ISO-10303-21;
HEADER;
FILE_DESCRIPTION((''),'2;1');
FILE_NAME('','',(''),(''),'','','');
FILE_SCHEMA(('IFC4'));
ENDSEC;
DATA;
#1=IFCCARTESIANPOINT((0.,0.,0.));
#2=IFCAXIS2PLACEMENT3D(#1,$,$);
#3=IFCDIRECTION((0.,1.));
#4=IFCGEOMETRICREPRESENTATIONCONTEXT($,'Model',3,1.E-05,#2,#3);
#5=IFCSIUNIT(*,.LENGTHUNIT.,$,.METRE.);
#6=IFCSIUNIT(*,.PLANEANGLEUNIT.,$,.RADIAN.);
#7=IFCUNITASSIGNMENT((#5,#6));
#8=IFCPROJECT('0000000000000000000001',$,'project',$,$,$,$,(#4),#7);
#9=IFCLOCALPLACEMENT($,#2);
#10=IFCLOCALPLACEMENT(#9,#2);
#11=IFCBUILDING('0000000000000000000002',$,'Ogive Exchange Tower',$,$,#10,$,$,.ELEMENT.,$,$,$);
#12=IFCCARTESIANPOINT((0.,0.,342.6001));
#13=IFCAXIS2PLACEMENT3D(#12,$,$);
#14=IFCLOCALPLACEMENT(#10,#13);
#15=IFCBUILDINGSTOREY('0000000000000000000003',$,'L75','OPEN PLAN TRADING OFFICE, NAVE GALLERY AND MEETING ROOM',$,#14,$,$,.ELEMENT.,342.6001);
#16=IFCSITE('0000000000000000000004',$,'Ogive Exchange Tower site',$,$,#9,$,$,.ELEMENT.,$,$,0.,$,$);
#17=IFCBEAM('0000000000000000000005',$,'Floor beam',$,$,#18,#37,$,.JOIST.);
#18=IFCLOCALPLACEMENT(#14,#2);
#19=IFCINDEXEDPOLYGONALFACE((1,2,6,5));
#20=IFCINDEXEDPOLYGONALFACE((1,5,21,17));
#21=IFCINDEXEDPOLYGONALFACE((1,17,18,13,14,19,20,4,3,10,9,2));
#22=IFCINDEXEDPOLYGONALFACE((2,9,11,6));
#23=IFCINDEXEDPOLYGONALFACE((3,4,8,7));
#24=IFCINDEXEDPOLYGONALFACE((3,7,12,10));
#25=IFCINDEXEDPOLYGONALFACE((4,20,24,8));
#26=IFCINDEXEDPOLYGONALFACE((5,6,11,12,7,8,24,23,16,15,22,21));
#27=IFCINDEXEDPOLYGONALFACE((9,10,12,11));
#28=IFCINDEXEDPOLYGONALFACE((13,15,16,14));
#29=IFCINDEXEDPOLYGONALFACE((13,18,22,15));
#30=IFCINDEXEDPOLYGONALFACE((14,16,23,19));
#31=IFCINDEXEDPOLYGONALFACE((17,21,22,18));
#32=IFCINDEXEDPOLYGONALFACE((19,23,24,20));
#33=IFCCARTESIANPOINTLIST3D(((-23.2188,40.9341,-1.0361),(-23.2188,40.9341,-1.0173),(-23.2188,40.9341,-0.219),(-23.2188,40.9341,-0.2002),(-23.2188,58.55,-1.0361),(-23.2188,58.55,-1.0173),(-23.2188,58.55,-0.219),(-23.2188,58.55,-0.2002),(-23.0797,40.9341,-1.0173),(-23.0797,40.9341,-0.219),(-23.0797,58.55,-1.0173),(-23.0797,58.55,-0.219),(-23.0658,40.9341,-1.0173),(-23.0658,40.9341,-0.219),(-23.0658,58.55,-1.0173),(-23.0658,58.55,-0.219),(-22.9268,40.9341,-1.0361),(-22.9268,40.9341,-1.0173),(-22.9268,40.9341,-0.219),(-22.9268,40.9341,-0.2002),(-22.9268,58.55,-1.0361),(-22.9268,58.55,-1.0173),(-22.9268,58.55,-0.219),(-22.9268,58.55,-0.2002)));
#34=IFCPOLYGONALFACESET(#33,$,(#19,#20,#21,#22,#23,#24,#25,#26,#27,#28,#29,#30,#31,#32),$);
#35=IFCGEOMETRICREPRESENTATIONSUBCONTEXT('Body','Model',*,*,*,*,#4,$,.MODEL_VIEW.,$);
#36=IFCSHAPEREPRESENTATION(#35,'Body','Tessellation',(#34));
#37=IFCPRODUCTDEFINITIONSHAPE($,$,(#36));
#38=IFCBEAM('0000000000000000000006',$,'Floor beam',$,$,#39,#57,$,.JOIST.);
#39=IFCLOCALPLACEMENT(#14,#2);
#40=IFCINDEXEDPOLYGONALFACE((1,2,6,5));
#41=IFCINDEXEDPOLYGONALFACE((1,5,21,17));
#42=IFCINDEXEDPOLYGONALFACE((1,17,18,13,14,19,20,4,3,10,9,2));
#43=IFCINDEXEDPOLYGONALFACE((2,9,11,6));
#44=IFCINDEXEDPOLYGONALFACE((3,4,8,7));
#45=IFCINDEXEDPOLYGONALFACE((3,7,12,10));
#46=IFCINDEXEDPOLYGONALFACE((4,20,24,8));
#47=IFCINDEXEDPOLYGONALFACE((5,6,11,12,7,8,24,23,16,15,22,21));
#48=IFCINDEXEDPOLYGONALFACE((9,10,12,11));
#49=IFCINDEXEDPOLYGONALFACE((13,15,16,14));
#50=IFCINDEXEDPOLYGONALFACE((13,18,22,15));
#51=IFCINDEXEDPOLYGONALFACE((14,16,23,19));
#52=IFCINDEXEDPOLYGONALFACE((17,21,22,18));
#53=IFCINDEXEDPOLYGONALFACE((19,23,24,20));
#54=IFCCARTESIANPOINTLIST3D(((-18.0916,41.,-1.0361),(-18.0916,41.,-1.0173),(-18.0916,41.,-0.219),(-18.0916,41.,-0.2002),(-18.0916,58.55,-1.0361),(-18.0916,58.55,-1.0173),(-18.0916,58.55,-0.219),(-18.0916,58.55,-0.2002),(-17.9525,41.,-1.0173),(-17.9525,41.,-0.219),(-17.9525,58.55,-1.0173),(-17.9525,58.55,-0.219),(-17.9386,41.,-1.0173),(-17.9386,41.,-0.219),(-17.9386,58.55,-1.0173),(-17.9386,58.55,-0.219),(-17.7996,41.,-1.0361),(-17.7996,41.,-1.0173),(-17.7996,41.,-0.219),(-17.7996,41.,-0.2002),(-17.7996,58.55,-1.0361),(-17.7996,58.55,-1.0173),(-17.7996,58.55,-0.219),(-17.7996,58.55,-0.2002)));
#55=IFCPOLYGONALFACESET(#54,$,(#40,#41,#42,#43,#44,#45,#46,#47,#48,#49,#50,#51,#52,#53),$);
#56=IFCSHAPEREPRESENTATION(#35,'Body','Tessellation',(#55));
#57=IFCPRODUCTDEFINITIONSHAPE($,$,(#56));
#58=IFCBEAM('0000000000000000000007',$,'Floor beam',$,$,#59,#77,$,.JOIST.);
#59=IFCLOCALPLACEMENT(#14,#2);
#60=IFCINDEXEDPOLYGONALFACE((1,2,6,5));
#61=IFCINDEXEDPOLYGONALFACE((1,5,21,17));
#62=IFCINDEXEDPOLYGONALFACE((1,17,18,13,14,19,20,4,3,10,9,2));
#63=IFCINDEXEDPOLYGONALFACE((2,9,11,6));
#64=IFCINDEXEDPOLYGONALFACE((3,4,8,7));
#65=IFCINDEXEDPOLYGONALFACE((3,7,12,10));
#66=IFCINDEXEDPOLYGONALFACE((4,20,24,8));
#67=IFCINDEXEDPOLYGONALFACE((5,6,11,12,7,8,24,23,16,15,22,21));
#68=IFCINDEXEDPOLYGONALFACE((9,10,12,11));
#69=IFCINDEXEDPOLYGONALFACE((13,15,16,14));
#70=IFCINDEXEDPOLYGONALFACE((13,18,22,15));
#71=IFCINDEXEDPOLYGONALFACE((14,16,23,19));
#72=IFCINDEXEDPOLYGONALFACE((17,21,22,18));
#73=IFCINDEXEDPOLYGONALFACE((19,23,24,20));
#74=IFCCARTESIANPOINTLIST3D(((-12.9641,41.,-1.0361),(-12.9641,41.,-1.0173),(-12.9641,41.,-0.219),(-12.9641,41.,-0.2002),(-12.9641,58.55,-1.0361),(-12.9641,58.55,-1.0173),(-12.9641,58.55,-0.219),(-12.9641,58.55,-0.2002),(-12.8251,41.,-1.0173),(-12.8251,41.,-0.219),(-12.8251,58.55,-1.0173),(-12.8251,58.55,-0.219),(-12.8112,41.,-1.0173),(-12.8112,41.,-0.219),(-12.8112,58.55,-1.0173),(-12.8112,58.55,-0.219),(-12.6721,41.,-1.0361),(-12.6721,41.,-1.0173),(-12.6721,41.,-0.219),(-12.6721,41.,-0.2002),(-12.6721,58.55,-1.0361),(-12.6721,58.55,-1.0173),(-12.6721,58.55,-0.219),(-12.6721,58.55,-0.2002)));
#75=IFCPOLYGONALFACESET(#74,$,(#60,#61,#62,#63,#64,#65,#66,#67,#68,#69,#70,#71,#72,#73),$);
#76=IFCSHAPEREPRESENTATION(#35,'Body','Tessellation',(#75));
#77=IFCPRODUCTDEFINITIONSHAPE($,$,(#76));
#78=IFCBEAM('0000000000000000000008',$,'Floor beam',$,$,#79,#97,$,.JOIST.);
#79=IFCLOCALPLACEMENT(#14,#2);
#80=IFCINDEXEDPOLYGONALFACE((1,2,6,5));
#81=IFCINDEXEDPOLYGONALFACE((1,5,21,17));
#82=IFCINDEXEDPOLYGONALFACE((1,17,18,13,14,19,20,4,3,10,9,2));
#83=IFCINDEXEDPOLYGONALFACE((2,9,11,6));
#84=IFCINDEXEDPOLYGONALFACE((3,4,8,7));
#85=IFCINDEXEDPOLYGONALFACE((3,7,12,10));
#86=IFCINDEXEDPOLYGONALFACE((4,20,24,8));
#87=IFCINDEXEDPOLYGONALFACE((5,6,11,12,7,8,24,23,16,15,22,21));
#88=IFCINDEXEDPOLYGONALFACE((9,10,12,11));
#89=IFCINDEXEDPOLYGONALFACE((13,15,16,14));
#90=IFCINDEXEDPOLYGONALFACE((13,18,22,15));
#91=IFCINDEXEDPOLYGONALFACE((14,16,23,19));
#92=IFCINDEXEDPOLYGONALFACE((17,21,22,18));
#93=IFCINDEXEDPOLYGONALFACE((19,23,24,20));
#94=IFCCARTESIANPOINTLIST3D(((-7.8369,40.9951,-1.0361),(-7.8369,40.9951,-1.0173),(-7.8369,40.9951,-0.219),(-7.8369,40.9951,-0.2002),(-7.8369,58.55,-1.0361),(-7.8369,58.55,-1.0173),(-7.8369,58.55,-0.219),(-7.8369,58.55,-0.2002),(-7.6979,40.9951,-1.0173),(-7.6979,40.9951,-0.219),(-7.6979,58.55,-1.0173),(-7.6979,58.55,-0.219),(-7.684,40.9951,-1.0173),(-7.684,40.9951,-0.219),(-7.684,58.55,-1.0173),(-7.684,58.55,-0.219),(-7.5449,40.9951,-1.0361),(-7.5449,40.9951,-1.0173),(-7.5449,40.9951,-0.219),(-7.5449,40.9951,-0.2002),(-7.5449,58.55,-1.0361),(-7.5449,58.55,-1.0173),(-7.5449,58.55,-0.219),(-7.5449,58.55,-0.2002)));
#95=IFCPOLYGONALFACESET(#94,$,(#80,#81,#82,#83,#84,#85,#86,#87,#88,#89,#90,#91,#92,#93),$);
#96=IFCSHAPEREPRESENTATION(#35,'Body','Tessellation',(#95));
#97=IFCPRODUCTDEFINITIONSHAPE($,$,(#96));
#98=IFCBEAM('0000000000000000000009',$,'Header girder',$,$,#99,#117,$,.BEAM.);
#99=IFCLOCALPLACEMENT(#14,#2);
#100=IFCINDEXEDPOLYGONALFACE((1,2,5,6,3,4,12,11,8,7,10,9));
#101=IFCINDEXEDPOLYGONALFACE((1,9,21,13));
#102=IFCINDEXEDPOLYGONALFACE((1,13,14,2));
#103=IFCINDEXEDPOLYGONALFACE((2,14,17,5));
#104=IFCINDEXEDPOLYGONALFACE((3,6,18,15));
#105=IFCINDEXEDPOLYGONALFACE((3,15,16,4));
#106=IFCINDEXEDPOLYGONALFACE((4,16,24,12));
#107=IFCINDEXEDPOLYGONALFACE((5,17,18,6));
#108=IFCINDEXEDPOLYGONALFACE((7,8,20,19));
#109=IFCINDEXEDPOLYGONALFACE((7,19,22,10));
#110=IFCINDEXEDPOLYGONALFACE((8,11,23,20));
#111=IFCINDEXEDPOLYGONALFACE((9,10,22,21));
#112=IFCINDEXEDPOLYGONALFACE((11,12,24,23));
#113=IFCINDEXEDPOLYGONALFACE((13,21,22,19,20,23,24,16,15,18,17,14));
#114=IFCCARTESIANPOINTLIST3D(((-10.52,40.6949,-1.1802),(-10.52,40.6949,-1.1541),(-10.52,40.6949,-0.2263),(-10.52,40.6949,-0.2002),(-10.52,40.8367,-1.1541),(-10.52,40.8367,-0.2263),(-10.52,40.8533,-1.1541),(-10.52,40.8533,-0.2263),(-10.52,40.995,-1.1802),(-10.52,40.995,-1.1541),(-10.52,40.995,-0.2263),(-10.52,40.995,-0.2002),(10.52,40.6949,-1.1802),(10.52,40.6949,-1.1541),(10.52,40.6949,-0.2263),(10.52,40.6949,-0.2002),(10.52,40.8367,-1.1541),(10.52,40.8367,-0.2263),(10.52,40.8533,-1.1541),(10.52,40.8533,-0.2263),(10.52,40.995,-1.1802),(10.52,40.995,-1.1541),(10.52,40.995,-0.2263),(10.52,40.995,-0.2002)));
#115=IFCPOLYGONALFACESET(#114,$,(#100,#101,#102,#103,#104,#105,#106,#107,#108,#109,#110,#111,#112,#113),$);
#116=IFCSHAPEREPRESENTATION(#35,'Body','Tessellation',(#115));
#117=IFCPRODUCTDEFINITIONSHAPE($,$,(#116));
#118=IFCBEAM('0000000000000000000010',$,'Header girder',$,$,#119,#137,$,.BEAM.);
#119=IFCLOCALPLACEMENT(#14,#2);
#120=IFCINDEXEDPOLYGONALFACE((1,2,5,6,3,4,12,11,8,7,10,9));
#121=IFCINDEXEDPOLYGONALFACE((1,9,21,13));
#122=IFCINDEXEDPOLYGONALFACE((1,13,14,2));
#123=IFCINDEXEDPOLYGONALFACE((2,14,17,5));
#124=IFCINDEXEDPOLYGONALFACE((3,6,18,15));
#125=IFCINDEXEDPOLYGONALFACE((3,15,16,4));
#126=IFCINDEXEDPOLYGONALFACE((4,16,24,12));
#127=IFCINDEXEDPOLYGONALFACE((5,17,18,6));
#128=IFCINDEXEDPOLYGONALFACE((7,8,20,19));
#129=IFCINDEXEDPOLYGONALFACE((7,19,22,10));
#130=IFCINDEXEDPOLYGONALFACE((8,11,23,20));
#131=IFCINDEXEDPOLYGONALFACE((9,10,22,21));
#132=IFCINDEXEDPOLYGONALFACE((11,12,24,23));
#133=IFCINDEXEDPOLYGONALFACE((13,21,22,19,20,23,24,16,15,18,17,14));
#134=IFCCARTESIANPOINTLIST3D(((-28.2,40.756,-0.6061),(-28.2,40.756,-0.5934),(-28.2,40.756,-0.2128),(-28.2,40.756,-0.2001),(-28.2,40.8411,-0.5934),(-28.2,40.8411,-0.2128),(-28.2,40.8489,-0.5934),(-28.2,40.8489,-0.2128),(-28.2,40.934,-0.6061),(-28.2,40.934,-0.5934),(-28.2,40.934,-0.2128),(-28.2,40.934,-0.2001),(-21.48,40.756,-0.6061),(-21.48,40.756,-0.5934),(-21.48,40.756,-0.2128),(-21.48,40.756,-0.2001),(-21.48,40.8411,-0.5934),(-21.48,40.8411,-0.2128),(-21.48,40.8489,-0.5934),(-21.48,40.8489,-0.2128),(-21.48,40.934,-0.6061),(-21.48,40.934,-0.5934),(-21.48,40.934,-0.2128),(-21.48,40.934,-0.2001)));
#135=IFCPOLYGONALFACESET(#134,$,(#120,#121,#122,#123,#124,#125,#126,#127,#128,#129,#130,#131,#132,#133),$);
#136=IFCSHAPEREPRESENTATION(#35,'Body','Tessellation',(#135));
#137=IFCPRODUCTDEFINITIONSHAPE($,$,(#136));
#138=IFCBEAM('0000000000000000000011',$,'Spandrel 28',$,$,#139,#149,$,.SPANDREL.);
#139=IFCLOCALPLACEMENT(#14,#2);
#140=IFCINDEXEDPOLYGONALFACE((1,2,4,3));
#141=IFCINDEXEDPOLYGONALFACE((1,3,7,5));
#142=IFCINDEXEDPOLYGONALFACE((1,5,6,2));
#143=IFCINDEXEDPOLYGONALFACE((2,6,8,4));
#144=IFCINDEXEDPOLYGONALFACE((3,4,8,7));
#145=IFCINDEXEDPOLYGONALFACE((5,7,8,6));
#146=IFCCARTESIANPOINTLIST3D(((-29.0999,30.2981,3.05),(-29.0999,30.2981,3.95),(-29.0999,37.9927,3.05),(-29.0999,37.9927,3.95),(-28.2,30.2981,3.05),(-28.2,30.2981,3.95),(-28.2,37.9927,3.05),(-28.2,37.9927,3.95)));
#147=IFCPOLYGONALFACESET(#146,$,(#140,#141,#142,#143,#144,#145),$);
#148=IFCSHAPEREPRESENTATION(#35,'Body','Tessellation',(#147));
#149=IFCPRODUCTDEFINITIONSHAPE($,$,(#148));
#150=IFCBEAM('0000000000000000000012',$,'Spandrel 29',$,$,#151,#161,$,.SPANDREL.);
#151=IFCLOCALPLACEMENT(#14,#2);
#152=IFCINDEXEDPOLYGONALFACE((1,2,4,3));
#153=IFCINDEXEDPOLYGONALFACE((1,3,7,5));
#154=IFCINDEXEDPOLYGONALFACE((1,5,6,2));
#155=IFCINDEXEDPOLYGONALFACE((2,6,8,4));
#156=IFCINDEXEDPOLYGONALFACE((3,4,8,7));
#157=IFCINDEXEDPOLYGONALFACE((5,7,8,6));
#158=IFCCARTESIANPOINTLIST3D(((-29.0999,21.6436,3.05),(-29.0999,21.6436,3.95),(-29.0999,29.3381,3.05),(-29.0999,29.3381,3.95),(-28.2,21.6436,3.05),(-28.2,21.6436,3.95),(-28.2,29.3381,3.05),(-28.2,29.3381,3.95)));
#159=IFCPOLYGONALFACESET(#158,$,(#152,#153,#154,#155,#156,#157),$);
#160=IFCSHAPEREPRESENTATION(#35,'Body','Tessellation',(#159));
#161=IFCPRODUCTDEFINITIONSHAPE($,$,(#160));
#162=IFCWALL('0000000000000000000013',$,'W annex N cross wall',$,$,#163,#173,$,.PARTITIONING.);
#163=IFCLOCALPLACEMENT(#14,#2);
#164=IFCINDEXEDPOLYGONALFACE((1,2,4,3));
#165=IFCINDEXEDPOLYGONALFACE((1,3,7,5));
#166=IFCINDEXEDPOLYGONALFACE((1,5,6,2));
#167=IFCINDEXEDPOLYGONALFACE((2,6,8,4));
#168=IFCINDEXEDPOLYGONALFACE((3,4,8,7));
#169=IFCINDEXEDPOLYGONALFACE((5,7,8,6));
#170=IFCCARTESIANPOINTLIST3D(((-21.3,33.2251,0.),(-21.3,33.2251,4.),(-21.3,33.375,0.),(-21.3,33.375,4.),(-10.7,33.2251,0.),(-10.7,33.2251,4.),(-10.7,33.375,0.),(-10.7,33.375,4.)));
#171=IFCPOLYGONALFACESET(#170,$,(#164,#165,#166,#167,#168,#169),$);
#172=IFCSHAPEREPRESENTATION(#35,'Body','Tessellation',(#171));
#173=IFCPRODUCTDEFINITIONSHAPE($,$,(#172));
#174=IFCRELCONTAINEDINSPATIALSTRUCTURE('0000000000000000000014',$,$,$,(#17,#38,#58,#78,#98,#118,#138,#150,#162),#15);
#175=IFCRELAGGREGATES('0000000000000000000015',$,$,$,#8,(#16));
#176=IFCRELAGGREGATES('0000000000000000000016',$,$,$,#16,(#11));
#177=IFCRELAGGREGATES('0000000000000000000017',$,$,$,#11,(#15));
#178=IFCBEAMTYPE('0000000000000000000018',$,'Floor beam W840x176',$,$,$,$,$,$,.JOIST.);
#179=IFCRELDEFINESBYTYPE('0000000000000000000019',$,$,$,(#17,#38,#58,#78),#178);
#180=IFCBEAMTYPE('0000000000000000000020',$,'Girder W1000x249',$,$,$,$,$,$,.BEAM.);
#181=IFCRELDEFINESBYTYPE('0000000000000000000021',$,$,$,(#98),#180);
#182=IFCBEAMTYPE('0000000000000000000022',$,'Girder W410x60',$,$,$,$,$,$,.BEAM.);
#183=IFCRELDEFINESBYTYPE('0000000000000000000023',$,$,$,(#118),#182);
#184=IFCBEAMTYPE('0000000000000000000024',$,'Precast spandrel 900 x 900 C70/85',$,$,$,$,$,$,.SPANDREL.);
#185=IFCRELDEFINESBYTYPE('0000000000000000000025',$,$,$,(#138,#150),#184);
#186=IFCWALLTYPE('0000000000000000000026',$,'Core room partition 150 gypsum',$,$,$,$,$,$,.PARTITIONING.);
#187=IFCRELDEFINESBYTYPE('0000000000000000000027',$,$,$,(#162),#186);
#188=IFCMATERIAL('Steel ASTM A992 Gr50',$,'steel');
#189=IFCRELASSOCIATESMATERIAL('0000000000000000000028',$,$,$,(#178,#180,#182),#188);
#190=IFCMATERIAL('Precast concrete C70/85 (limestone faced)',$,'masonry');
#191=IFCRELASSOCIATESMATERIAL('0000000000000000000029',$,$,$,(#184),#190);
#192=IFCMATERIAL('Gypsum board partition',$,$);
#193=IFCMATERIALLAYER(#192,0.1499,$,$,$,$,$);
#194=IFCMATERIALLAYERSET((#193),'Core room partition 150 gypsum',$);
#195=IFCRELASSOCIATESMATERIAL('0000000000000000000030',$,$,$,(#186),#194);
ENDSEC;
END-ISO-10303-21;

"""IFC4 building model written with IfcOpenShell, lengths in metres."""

from ifc_helpers import new_model, si_unit, direction, frame, frame_2d, origin, origin_2d, place, context, subcontext, project, spatial, rectangle, i_section, extrude, material, layer, layer_set, material_profile, profile_set, type_object, element, save


model = new_model("IFC4")

# Units and contexts
model_context = context("Model", 3, precision=1e-05, world=origin(), true_north=direction((0.0, 1.0)))
body_context = subcontext(model_context, "Body", "Model", "MODEL_VIEW")
ifc_project = project(units=[si_unit("LENGTHUNIT", "METRE"), si_unit("PLANEANGLEUNIT", "RADIAN")], contexts=[model_context])

# Site, building, storey
site_placement = place(None, origin())
site = spatial("IfcSite", under=ifc_project, at=site_placement, Name="Ogive Exchange Tower site", CompositionType="ELEMENT", RefElevation=0.0)
building_placement = place(site_placement, origin())
building = spatial("IfcBuilding", under=site, at=building_placement, Name="Ogive Exchange Tower", CompositionType="ELEMENT")
storey_placement = place(building_placement, frame((0.0, 0.0, 342.6001)))
storey = spatial("IfcBuildingStorey", under=building, at=storey_placement, Name="L75", Description="OPEN PLAN TRADING OFFICE, NAVE GALLERY AND MEETING ROOM", CompositionType="ELEMENT", Elevation=342.6001)

# Shared definitions
ifc_material_1 = material(Name="Precast concrete C70/85 (limestone faced)", Category="masonry")

# Beams
ifc_material_2 = material(Name="Steel ASTM A992 Gr50", Category="steel")
ifc_material_profile_1 = material_profile(ifc_material_2, i_section(OverallWidth=0.292, OverallDepth=0.8359, WebThickness=0.0139, FlangeThickness=0.0188, at=origin_2d()), Name="W840x176")
ifc_profile_set_1 = profile_set([ifc_material_profile_1], Name="Steel ASTM A992 Gr50")
beam_type_1 = type_object("IfcBeamType", Name="Floor beam W840x176", PredefinedType="JOIST", material=ifc_profile_set_1)
beam_1_placement = place(storey_placement, frame((-23.0728, 40.9341, -0.6182), z_axis=(0.0, 1.0, 0.0), x_axis=(-1.0, 0.0, 0.0)))
element("IfcBeam", 1, at=beam_1_placement, inside=storey, type_object=beam_type_1, Name="Floor beam", PredefinedType="JOIST", context=body_context, shape_type="SweptSolid", body=[
    extrude(i_section(OverallWidth=0.292, OverallDepth=0.8359, WebThickness=0.0139, FlangeThickness=0.0188, at=origin_2d()), origin(), (0.0, 0.0, 1.0), 17.616),
])
for number, where, z_axis, x_axis, name in (
    (2, (-17.9456, 41.0, -0.6182), (0.0, 1.0, 0.0), (-1.0, 0.0, 0.0), "Floor beam"),
    (3, (-12.8181, 41.0, -0.6182), (0.0, 1.0, 0.0), (-1.0, 0.0, 0.0), "Floor beam"),
):
    element("IfcBeam", number, at=place(storey_placement, frame(where, z_axis=z_axis, x_axis=x_axis)), inside=storey, type_object=beam_type_1, Name=name, PredefinedType="JOIST", context=body_context, shape_type="SweptSolid", body=[
        extrude(i_section(OverallWidth=0.292, OverallDepth=0.8359, WebThickness=0.0139, FlangeThickness=0.0188, at=origin_2d()), origin(), (0.0, 0.0, 1.0), 17.55),
    ])
beam_2_placement = place(storey_placement, frame((-7.6909, 40.9951, -0.6182), z_axis=(0.0, 1.0, 0.0), x_axis=(-1.0, 0.0, 0.0)))
element("IfcBeam", 4, at=beam_2_placement, inside=storey, type_object=beam_type_1, Name="Floor beam", PredefinedType="JOIST", context=body_context, shape_type="SweptSolid", body=[
    extrude(i_section(OverallWidth=0.292, OverallDepth=0.8359, WebThickness=0.0139, FlangeThickness=0.0188, at=origin_2d()), origin(), (0.0, 0.0, 1.0), 17.5549),
])
ifc_material_profile_2 = material_profile(ifc_material_2, i_section(OverallWidth=0.3, OverallDepth=0.98, WebThickness=0.0166, FlangeThickness=0.0261, at=origin_2d()), Name="W1000x249")
ifc_profile_set_2 = profile_set([ifc_material_profile_2], Name="Steel ASTM A992 Gr50")
beam_type_2 = type_object("IfcBeamType", Name="Girder W1000x249", PredefinedType="BEAM", material=ifc_profile_set_2)
beam_3_placement = place(storey_placement, frame((-10.52, 40.845, -0.6902), z_axis=(1.0, 0.0, 0.0), x_axis=(0.0, 1.0, 0.0)))
element("IfcBeam", 5, at=beam_3_placement, inside=storey, type_object=beam_type_2, Name="Header girder", PredefinedType="BEAM", context=body_context, shape_type="SweptSolid", body=[
    extrude(i_section(OverallWidth=0.3, OverallDepth=0.98, WebThickness=0.0166, FlangeThickness=0.0261, at=origin_2d()), origin(), (0.0, 0.0, 1.0), 21.04),
])
ifc_material_profile_3 = material_profile(ifc_material_2, i_section(OverallWidth=0.178, OverallDepth=0.406, WebThickness=0.0078, FlangeThickness=0.0127, at=origin_2d()), Name="W410x60")
ifc_profile_set_3 = profile_set([ifc_material_profile_3], Name="Steel ASTM A992 Gr50")
beam_type_3 = type_object("IfcBeamType", Name="Girder W410x60", PredefinedType="BEAM", material=ifc_profile_set_3)
beam_4_placement = place(storey_placement, frame((-28.2, 40.845, -0.4031), z_axis=(1.0, 0.0, 0.0), x_axis=(0.0, 1.0, 0.0)))
element("IfcBeam", 6, at=beam_4_placement, inside=storey, type_object=beam_type_3, Name="Header girder", PredefinedType="BEAM", context=body_context, shape_type="SweptSolid", body=[
    extrude(i_section(OverallWidth=0.178, OverallDepth=0.406, WebThickness=0.0078, FlangeThickness=0.0127, at=origin_2d()), origin(), (0.0, 0.0, 1.0), 6.72),
])
ifc_material_profile_4 = material_profile(ifc_material_1, rectangle(XDim=0.8999, YDim=0.8999, at=origin_2d()), Name="900 x 900")
ifc_profile_set_4 = profile_set([ifc_material_profile_4], Name="Precast concrete C70/85 (limestone faced)")
beam_type_4 = type_object("IfcBeamType", Name="Precast spandrel 900 x 900 C70/85", PredefinedType="SPANDREL", material=ifc_profile_set_4)
for number, where, z_axis, x_axis, name in (
    (7, (-28.6499, 37.9927, 3.5), (0.0, -1.0, 0.0), (1.0, 0.0, 0.0), "Spandrel 28"),
    (8, (-28.6499, 29.3381, 3.5), (0.0, -1.0, 0.0), (1.0, 0.0, 0.0), "Spandrel 29"),
):
    element("IfcBeam", number, at=place(storey_placement, frame(where, z_axis=z_axis, x_axis=x_axis)), inside=storey, type_object=beam_type_4, Name=name, PredefinedType="SPANDREL", context=body_context, shape_type="SweptSolid", body=[
        extrude(rectangle(XDim=0.8999, YDim=0.8999, at=origin_2d()), origin(), (0.0, 0.0, 1.0), 7.6946),
    ])

# Wall
ifc_material_3 = material(Name="Gypsum board partition")
ifc_layer_1 = layer(ifc_material_3, 0.1499)
ifc_layer_set_1 = layer_set([ifc_layer_1], Name="Core room partition 150 gypsum")
wall_type_1 = type_object("IfcWallType", Name="Core room partition 150 gypsum", PredefinedType="PARTITIONING", material=ifc_layer_set_1)
wall_1_placement = place(storey_placement, frame((-21.3, 33.3, 0.0), z_axis=(0.0, 0.0, 1.0), x_axis=(1.0, 0.0, 0.0)))
element("IfcWall", 9, at=wall_1_placement, inside=storey, type_object=wall_type_1, Name="W annex N cross wall", PredefinedType="PARTITIONING", context=body_context, shape_type="SweptSolid", body=[
    extrude(rectangle(XDim=10.6001, YDim=0.1499, at=frame_2d((5.3, 0.0))), origin(), (0.0, 0.0, 1.0), 4.0),
])

save(model, "model.ifc")
